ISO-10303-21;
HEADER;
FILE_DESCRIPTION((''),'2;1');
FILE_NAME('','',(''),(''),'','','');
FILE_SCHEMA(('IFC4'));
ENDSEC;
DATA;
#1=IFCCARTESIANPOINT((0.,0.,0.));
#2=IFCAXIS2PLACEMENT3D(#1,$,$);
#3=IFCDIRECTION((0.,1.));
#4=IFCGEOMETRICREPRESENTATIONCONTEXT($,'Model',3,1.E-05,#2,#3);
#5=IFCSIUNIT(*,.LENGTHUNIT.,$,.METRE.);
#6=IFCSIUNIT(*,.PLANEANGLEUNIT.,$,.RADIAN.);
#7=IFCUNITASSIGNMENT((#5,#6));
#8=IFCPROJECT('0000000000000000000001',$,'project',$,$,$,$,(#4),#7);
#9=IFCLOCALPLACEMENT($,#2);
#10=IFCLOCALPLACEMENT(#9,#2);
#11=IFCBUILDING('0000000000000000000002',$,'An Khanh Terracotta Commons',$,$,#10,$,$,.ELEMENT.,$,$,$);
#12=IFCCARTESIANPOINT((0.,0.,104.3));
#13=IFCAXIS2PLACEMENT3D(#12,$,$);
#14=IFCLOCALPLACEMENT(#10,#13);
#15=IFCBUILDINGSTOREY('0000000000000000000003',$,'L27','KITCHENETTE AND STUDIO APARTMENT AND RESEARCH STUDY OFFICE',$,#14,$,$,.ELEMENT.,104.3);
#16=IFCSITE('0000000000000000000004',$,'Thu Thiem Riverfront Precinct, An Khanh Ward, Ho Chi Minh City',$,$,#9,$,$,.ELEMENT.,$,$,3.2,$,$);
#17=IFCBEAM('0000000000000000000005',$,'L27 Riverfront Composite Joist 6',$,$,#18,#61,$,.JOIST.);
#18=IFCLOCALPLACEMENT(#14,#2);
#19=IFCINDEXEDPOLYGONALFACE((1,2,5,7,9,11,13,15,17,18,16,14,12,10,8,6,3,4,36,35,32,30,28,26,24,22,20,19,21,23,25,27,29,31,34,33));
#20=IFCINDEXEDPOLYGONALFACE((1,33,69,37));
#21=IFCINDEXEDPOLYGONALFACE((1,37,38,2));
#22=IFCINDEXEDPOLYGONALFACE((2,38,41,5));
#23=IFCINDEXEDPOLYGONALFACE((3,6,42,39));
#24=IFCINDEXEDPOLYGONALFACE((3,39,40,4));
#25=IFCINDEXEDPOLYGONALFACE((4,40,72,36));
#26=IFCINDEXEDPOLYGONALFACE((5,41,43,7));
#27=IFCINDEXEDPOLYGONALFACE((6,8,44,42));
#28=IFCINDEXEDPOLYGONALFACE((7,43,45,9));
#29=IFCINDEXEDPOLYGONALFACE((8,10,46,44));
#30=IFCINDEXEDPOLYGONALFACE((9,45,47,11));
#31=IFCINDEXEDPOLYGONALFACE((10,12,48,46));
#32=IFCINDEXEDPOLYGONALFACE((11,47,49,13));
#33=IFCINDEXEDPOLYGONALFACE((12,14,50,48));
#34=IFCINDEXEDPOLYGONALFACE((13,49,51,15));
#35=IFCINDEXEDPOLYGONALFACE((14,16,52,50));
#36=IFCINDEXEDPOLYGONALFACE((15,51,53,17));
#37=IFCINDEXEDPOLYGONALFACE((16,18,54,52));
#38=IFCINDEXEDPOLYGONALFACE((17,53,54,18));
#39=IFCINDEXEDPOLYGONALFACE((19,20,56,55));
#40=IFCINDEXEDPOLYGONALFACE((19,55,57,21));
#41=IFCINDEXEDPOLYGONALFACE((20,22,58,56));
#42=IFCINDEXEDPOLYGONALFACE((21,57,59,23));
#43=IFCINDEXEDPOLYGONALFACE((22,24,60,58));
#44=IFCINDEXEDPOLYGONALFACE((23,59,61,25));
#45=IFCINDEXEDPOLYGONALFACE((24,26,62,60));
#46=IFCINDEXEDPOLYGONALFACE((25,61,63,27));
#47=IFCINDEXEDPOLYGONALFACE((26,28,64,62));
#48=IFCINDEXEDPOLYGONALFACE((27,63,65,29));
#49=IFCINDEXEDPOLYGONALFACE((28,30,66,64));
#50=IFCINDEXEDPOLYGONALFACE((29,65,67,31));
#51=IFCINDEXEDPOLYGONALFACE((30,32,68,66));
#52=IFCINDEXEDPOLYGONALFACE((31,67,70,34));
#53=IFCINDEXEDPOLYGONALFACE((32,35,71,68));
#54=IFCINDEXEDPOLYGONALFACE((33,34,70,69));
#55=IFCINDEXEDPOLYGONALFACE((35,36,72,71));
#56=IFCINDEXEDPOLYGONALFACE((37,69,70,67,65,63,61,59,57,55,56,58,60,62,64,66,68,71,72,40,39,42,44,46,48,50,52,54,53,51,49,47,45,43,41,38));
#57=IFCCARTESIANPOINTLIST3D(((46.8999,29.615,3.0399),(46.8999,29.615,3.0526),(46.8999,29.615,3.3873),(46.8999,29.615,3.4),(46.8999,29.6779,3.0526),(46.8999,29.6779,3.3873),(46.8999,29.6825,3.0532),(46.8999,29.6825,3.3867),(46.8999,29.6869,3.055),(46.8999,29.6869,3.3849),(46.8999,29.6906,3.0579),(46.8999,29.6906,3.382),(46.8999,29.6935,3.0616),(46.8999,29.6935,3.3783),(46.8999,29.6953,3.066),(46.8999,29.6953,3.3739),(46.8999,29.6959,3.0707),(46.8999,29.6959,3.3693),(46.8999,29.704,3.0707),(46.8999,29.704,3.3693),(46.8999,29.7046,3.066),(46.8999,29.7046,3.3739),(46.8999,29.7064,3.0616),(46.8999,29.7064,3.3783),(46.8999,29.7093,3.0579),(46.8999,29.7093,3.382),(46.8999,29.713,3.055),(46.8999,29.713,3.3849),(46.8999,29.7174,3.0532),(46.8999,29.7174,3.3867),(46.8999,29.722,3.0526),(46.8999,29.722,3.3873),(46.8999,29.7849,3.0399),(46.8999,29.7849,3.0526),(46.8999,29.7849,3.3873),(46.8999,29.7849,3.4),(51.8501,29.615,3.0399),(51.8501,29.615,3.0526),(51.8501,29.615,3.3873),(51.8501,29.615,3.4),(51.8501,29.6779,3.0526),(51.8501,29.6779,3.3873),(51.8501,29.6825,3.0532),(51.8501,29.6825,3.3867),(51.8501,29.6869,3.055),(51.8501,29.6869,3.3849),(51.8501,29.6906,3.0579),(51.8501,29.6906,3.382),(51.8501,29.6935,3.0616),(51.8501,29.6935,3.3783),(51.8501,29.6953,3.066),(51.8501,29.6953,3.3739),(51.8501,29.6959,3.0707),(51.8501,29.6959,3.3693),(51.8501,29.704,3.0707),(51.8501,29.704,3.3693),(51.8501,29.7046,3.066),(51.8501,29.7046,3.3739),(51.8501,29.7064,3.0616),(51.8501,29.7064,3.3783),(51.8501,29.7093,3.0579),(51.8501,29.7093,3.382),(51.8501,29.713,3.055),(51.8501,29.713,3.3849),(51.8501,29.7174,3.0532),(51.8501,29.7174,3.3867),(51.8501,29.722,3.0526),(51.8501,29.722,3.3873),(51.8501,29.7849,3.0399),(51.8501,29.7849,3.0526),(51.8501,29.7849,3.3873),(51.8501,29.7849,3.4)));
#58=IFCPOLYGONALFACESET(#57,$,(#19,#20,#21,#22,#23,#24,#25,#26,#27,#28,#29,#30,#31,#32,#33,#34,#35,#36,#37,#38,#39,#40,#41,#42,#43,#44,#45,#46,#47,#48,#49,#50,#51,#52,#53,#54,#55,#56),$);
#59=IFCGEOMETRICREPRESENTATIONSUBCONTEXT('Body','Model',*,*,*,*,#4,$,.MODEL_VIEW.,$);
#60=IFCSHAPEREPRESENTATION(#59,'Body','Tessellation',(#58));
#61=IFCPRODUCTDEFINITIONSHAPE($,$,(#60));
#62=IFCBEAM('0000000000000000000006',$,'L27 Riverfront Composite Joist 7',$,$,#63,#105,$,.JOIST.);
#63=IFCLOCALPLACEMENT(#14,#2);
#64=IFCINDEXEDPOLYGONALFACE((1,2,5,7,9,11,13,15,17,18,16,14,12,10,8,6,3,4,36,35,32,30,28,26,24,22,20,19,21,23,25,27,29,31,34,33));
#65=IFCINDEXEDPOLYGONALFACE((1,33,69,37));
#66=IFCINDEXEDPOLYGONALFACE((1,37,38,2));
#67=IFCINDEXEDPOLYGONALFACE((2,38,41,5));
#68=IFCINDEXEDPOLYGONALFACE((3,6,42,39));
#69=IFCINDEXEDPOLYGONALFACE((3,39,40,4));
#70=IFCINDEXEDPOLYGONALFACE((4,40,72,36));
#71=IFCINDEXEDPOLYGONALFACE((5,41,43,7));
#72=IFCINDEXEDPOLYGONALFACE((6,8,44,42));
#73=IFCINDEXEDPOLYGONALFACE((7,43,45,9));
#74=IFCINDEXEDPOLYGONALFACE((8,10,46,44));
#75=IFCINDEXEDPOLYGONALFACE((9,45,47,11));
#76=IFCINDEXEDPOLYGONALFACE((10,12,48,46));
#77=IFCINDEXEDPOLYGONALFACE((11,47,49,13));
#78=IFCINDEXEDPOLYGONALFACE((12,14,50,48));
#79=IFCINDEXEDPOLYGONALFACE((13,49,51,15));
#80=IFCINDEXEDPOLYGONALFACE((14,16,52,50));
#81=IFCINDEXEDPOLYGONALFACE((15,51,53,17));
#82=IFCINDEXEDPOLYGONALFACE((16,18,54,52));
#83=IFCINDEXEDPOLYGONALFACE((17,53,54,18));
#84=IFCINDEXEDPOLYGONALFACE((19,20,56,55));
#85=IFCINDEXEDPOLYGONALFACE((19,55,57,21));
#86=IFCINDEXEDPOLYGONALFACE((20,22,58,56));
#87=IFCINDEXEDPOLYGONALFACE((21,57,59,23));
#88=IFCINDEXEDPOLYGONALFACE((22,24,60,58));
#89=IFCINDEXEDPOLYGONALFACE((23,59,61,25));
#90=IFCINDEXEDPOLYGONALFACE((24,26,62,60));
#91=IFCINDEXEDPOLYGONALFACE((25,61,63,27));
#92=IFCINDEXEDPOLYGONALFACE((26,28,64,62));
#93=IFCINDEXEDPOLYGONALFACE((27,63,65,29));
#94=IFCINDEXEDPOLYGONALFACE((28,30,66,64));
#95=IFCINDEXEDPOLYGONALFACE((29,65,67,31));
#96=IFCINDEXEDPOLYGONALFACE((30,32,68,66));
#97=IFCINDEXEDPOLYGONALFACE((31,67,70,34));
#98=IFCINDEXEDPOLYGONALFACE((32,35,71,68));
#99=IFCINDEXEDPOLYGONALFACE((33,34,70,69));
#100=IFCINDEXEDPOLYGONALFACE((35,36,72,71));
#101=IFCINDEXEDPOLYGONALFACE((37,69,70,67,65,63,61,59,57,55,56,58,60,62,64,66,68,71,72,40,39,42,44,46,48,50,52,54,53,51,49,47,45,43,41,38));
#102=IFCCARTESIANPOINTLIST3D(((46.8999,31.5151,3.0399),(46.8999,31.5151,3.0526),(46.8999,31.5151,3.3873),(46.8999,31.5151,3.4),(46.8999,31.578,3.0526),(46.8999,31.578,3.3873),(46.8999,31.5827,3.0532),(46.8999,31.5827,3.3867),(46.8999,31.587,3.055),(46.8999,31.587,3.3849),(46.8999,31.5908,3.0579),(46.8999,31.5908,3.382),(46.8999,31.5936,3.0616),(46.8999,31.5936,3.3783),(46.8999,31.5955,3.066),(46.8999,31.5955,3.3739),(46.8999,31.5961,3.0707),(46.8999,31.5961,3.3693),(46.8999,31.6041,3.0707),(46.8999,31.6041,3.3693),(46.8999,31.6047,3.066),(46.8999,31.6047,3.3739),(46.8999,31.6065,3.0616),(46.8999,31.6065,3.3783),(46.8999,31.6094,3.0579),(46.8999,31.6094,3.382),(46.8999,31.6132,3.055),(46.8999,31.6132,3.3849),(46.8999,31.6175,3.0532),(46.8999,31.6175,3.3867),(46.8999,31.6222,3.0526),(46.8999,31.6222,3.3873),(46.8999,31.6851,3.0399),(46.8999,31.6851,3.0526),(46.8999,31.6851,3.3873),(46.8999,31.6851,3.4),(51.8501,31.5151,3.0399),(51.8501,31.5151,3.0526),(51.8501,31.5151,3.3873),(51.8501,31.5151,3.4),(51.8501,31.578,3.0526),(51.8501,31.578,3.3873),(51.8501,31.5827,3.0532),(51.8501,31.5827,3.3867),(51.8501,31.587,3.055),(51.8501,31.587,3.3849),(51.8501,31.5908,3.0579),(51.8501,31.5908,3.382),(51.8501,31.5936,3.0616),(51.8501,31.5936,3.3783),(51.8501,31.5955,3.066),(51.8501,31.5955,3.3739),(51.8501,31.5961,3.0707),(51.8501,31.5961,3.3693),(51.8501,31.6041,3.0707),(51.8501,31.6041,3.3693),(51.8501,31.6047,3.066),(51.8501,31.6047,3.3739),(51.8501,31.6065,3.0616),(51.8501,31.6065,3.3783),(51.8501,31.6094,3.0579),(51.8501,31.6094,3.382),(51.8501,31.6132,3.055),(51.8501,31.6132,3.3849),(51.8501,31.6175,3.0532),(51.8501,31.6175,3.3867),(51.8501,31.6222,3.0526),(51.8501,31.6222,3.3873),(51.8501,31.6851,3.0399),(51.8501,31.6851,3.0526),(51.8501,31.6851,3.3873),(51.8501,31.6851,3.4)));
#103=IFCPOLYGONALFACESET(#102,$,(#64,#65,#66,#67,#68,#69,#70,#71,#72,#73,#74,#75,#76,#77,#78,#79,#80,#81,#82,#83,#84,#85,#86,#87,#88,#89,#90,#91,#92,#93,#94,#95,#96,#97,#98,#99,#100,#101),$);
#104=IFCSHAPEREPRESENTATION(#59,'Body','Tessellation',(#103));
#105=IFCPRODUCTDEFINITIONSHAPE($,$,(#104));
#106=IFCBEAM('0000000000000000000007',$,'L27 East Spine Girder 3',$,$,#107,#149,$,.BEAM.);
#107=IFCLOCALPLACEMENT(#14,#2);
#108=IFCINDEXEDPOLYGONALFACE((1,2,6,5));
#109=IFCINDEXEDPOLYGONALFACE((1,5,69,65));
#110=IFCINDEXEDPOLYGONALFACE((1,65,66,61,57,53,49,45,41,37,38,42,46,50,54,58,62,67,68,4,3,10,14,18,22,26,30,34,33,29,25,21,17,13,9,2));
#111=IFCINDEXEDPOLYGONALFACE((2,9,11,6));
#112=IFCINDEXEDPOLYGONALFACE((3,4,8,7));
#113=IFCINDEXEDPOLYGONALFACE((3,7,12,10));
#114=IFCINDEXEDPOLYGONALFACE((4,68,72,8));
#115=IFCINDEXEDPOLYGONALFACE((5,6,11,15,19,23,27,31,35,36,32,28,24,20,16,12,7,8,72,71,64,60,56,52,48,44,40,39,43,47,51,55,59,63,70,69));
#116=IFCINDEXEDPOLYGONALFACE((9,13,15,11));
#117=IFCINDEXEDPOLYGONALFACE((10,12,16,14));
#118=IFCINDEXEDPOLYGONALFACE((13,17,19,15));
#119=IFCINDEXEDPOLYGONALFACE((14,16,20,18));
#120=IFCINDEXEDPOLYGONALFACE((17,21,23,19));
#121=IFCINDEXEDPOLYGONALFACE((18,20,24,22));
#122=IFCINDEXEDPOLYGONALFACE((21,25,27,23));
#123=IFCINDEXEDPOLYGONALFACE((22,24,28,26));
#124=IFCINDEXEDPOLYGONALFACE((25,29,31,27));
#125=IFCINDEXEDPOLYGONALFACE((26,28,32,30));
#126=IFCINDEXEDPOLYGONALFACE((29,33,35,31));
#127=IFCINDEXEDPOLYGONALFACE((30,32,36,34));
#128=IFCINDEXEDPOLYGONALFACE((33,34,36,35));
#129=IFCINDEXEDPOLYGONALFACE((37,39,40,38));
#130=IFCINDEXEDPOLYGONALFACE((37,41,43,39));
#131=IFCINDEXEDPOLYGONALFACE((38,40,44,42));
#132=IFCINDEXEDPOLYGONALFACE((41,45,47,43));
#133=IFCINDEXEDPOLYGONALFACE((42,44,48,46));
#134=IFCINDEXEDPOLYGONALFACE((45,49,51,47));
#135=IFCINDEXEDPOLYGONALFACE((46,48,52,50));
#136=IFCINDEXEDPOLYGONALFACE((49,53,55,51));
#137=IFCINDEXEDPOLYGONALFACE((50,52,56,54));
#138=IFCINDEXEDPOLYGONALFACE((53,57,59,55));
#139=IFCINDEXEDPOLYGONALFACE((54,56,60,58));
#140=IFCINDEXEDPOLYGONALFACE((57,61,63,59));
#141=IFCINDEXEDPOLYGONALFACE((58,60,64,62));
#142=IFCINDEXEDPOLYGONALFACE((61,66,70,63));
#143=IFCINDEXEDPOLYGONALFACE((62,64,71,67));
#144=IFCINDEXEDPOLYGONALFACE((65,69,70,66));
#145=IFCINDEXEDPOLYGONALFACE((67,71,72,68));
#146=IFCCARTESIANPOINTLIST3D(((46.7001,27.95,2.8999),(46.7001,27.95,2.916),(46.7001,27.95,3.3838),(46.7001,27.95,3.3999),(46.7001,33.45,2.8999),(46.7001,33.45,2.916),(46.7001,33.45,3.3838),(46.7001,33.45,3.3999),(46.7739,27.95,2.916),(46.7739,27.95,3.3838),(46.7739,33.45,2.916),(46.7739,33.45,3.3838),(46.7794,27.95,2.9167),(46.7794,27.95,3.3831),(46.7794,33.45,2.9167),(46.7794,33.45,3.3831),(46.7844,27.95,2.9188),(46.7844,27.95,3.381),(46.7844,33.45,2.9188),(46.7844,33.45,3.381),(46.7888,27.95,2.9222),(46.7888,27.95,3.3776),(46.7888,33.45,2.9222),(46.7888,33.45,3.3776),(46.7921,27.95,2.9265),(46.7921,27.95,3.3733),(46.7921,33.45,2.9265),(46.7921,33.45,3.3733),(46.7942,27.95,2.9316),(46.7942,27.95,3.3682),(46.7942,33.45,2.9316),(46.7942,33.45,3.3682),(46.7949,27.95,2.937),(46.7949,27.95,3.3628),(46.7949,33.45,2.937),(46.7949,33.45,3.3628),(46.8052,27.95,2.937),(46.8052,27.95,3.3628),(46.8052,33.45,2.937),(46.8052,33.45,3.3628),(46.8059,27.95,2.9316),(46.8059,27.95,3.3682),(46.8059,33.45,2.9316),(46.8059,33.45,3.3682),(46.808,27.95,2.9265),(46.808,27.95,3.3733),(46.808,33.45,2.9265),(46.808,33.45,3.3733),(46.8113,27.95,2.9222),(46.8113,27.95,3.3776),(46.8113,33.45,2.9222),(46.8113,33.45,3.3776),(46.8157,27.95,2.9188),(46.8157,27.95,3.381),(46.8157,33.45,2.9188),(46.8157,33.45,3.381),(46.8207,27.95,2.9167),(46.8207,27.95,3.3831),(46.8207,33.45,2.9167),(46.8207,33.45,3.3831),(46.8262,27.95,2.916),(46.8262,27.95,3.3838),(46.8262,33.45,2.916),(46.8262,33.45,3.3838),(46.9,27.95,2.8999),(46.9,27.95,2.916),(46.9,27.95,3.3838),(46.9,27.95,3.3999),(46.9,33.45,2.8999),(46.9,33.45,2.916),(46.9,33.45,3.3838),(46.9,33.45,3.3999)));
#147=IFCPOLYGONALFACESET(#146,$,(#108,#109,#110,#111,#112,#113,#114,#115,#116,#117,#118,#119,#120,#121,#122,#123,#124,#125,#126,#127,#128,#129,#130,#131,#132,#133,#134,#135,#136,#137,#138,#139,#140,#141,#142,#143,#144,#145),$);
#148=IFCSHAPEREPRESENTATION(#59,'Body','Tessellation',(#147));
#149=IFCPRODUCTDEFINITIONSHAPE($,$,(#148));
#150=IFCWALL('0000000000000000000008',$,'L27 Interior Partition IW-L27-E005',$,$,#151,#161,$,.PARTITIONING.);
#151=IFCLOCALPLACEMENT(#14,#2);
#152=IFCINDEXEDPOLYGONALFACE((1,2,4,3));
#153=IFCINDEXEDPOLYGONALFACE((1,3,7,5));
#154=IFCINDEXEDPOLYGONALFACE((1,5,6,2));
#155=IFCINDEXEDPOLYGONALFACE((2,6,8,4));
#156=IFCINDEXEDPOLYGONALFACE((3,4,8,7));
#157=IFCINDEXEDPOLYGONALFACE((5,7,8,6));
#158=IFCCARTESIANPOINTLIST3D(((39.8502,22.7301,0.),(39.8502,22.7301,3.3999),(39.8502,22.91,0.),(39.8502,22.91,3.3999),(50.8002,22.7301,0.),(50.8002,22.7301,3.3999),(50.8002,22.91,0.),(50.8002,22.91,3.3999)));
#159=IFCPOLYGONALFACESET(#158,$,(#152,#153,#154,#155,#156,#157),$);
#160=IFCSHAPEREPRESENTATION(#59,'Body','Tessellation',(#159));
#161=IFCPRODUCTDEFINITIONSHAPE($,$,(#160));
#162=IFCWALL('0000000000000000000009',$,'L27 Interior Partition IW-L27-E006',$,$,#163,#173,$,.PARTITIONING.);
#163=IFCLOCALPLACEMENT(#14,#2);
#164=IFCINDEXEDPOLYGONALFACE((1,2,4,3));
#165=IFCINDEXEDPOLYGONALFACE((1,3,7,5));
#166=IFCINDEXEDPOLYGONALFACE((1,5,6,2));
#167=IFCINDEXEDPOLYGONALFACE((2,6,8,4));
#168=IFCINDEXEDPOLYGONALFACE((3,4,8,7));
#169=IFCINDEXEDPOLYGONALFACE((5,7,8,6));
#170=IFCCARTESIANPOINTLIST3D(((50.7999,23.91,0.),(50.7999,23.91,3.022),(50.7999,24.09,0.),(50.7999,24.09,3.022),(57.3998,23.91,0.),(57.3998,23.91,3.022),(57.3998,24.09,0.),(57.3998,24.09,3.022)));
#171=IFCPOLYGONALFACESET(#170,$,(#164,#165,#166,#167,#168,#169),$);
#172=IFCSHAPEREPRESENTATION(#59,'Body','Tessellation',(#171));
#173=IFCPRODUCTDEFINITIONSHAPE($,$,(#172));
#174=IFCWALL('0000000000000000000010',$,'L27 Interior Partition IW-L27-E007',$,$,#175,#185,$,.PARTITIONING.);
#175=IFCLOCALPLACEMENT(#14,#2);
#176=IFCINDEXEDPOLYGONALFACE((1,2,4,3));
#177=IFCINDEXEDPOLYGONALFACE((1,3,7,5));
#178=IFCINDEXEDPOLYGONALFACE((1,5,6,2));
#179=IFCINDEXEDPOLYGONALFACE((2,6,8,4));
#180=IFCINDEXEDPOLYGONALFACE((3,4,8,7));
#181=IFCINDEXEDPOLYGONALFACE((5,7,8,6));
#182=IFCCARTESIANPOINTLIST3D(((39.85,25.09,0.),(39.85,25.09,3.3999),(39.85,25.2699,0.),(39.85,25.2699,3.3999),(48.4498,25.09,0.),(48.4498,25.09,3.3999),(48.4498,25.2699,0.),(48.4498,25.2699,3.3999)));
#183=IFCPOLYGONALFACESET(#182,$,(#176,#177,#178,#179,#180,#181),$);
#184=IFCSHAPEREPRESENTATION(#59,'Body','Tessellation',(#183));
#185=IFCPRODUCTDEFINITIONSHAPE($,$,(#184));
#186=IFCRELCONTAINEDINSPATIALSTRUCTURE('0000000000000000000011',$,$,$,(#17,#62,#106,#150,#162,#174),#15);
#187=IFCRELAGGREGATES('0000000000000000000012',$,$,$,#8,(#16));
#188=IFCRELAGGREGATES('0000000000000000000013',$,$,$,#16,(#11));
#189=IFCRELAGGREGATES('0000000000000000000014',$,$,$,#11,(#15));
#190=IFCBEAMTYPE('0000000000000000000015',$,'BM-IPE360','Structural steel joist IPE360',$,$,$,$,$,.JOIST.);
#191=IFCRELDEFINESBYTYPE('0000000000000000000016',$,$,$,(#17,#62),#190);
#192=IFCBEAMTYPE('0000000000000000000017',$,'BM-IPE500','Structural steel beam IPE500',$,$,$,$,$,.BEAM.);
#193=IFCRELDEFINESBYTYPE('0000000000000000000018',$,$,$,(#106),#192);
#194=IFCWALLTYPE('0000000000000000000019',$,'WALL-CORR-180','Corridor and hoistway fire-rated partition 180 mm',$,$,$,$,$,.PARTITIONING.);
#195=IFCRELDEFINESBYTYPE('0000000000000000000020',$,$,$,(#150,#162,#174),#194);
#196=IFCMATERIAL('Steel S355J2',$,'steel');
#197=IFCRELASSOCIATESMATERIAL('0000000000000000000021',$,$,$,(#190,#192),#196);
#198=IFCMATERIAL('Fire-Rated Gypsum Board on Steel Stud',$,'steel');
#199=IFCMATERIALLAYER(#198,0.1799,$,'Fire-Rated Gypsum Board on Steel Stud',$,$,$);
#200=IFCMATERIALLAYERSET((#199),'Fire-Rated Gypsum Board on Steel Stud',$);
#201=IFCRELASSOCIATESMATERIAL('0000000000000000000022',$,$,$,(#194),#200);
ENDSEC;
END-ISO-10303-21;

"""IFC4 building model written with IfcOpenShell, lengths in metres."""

from ifc_helpers import new_model, si_unit, direction, frame, frame_2d, origin, origin_2d, place, context, subcontext, project, spatial, rectangle, i_section, extrude, material, layer, layer_set, material_profile, profile_set, type_object, element, save


model = new_model("IFC4")

# Units and contexts
model_context = context("Model", 3, precision=1e-05, world=origin(), true_north=direction((0.0, 1.0)))
body_context = subcontext(model_context, "Body", "Model", "MODEL_VIEW")
ifc_project = project(units=[si_unit("LENGTHUNIT", "METRE"), si_unit("PLANEANGLEUNIT", "RADIAN")], contexts=[model_context])

# Site, building, storey
site_placement = place(None, origin())
site = spatial("IfcSite", under=ifc_project, at=site_placement, Name="Thu Thiem Riverfront Precinct, An Khanh Ward, Ho Chi Minh City", CompositionType="ELEMENT", RefElevation=3.2)
building_placement = place(site_placement, origin())
building = spatial("IfcBuilding", under=site, at=building_placement, Name="An Khanh Terracotta Commons", CompositionType="ELEMENT")
storey_placement = place(building_placement, frame((0.0, 0.0, 104.3)))
storey = spatial("IfcBuildingStorey", under=building, at=storey_placement, Name="L27", Description="KITCHENETTE AND STUDIO APARTMENT AND RESEARCH STUDY OFFICE", CompositionType="ELEMENT", Elevation=104.3)

# Beams
ifc_material_1 = material(Name="Steel S355J2", Category="steel")
ifc_material_profile_1 = material_profile(ifc_material_1, i_section(OverallWidth=0.1699, OverallDepth=0.3601, WebThickness=0.0081, FlangeThickness=0.0127, FilletRadius=0.0181, at=origin_2d()), Name="IPE360")
ifc_profile_set_1 = profile_set([ifc_material_profile_1], Name="Steel S355J2")
beam_type_1 = type_object("IfcBeamType", Name="BM-IPE360", Description="Structural steel joist IPE360", PredefinedType="JOIST", material=ifc_profile_set_1)
for number, where, z_axis, x_axis, name in (
    (1, (46.8999, 29.7, 3.22), (1.0, 0.0, 0.0), (0.0, 1.0, 0.0), "L27 Riverfront Composite Joist 6"),
    (2, (46.8999, 31.6001, 3.22), (1.0, 0.0, 0.0), (0.0, 1.0, 0.0), "L27 Riverfront Composite Joist 7"),
):
    element("IfcBeam", number, at=place(storey_placement, frame(where, z_axis=z_axis, x_axis=x_axis)), inside=storey, type_object=beam_type_1, Name=name, PredefinedType="JOIST", context=body_context, shape_type="SweptSolid", body=[
        extrude(i_section(OverallWidth=0.1699, OverallDepth=0.3601, WebThickness=0.0081, FlangeThickness=0.0127, FilletRadius=0.0181, at=origin_2d()), origin(), (0.0, 0.0, 1.0), 4.9502),
    ])
ifc_material_profile_2 = material_profile(ifc_material_1, i_section(OverallWidth=0.2, OverallDepth=0.5, WebThickness=0.0103, FlangeThickness=0.0161, FilletRadius=0.021, at=origin_2d()), Name="IPE500")
ifc_profile_set_2 = profile_set([ifc_material_profile_2], Name="Steel S355J2")
beam_type_2 = type_object("IfcBeamType", Name="BM-IPE500", Description="Structural steel beam IPE500", PredefinedType="BEAM", material=ifc_profile_set_2)
beam_1_placement = place(storey_placement, frame((46.8, 27.95, 3.1499), z_axis=(0.0, 1.0, 0.0), x_axis=(-1.0, 0.0, 0.0)))
element("IfcBeam", 3, at=beam_1_placement, inside=storey, type_object=beam_type_2, Name="L27 East Spine Girder 3", PredefinedType="BEAM", context=body_context, shape_type="SweptSolid", body=[
    extrude(i_section(OverallWidth=0.2, OverallDepth=0.5, WebThickness=0.0103, FlangeThickness=0.0161, FilletRadius=0.021, at=origin_2d()), origin(), (0.0, 0.0, 1.0), 5.5),
])

# Walls
ifc_material_2 = material(Name="Fire-Rated Gypsum Board on Steel Stud", Category="steel")
ifc_layer = layer(ifc_material_2, 0.1799, Name="Fire-Rated Gypsum Board on Steel Stud")
ifc_layer_set = layer_set([ifc_layer], Name="Fire-Rated Gypsum Board on Steel Stud")
wall_type = type_object("IfcWallType", Name="WALL-CORR-180", Description="Corridor and hoistway fire-rated partition 180 mm", PredefinedType="PARTITIONING", material=ifc_layer_set)
wall_1_placement = place(storey_placement, frame((39.8501, 22.8201, 0.0), z_axis=(0.0, 0.0, 1.0), x_axis=(1.0, 0.0, 0.0)))
element("IfcWall", 4, at=wall_1_placement, inside=storey, type_object=wall_type, Name="L27 Interior Partition IW-L27-E005", PredefinedType="PARTITIONING", context=body_context, shape_type="SweptSolid", body=[
    extrude(rectangle(XDim=10.95, YDim=0.1799, at=frame_2d((5.4751, 0.0))), origin(), (0.0, 0.0, 1.0), 3.3999),
])
wall_2_placement = place(storey_placement, frame((50.8, 24.0, 0.0), z_axis=(0.0, 0.0, 1.0), x_axis=(1.0, 0.0, 0.0)))
element("IfcWall", 5, at=wall_2_placement, inside=storey, type_object=wall_type, Name="L27 Interior Partition IW-L27-E006", PredefinedType="PARTITIONING", context=body_context, shape_type="SweptSolid", body=[
    extrude(rectangle(XDim=6.5999, YDim=0.1799, at=frame_2d((3.2998, 0.0))), origin(), (0.0, 0.0, 1.0), 3.022),
])
wall_3_placement = place(storey_placement, frame((39.8501, 25.1799, 0.0), z_axis=(0.0, 0.0, 1.0), x_axis=(1.0, 0.0, 0.0)))
element("IfcWall", 6, at=wall_3_placement, inside=storey, type_object=wall_type, Name="L27 Interior Partition IW-L27-E007", PredefinedType="PARTITIONING", context=body_context, shape_type="SweptSolid", body=[
    extrude(rectangle(XDim=8.5999, YDim=0.1799, at=frame_2d((4.2998, 0.0))), origin(), (0.0, 0.0, 1.0), 3.3999),
])

save(model, "model.ifc")
